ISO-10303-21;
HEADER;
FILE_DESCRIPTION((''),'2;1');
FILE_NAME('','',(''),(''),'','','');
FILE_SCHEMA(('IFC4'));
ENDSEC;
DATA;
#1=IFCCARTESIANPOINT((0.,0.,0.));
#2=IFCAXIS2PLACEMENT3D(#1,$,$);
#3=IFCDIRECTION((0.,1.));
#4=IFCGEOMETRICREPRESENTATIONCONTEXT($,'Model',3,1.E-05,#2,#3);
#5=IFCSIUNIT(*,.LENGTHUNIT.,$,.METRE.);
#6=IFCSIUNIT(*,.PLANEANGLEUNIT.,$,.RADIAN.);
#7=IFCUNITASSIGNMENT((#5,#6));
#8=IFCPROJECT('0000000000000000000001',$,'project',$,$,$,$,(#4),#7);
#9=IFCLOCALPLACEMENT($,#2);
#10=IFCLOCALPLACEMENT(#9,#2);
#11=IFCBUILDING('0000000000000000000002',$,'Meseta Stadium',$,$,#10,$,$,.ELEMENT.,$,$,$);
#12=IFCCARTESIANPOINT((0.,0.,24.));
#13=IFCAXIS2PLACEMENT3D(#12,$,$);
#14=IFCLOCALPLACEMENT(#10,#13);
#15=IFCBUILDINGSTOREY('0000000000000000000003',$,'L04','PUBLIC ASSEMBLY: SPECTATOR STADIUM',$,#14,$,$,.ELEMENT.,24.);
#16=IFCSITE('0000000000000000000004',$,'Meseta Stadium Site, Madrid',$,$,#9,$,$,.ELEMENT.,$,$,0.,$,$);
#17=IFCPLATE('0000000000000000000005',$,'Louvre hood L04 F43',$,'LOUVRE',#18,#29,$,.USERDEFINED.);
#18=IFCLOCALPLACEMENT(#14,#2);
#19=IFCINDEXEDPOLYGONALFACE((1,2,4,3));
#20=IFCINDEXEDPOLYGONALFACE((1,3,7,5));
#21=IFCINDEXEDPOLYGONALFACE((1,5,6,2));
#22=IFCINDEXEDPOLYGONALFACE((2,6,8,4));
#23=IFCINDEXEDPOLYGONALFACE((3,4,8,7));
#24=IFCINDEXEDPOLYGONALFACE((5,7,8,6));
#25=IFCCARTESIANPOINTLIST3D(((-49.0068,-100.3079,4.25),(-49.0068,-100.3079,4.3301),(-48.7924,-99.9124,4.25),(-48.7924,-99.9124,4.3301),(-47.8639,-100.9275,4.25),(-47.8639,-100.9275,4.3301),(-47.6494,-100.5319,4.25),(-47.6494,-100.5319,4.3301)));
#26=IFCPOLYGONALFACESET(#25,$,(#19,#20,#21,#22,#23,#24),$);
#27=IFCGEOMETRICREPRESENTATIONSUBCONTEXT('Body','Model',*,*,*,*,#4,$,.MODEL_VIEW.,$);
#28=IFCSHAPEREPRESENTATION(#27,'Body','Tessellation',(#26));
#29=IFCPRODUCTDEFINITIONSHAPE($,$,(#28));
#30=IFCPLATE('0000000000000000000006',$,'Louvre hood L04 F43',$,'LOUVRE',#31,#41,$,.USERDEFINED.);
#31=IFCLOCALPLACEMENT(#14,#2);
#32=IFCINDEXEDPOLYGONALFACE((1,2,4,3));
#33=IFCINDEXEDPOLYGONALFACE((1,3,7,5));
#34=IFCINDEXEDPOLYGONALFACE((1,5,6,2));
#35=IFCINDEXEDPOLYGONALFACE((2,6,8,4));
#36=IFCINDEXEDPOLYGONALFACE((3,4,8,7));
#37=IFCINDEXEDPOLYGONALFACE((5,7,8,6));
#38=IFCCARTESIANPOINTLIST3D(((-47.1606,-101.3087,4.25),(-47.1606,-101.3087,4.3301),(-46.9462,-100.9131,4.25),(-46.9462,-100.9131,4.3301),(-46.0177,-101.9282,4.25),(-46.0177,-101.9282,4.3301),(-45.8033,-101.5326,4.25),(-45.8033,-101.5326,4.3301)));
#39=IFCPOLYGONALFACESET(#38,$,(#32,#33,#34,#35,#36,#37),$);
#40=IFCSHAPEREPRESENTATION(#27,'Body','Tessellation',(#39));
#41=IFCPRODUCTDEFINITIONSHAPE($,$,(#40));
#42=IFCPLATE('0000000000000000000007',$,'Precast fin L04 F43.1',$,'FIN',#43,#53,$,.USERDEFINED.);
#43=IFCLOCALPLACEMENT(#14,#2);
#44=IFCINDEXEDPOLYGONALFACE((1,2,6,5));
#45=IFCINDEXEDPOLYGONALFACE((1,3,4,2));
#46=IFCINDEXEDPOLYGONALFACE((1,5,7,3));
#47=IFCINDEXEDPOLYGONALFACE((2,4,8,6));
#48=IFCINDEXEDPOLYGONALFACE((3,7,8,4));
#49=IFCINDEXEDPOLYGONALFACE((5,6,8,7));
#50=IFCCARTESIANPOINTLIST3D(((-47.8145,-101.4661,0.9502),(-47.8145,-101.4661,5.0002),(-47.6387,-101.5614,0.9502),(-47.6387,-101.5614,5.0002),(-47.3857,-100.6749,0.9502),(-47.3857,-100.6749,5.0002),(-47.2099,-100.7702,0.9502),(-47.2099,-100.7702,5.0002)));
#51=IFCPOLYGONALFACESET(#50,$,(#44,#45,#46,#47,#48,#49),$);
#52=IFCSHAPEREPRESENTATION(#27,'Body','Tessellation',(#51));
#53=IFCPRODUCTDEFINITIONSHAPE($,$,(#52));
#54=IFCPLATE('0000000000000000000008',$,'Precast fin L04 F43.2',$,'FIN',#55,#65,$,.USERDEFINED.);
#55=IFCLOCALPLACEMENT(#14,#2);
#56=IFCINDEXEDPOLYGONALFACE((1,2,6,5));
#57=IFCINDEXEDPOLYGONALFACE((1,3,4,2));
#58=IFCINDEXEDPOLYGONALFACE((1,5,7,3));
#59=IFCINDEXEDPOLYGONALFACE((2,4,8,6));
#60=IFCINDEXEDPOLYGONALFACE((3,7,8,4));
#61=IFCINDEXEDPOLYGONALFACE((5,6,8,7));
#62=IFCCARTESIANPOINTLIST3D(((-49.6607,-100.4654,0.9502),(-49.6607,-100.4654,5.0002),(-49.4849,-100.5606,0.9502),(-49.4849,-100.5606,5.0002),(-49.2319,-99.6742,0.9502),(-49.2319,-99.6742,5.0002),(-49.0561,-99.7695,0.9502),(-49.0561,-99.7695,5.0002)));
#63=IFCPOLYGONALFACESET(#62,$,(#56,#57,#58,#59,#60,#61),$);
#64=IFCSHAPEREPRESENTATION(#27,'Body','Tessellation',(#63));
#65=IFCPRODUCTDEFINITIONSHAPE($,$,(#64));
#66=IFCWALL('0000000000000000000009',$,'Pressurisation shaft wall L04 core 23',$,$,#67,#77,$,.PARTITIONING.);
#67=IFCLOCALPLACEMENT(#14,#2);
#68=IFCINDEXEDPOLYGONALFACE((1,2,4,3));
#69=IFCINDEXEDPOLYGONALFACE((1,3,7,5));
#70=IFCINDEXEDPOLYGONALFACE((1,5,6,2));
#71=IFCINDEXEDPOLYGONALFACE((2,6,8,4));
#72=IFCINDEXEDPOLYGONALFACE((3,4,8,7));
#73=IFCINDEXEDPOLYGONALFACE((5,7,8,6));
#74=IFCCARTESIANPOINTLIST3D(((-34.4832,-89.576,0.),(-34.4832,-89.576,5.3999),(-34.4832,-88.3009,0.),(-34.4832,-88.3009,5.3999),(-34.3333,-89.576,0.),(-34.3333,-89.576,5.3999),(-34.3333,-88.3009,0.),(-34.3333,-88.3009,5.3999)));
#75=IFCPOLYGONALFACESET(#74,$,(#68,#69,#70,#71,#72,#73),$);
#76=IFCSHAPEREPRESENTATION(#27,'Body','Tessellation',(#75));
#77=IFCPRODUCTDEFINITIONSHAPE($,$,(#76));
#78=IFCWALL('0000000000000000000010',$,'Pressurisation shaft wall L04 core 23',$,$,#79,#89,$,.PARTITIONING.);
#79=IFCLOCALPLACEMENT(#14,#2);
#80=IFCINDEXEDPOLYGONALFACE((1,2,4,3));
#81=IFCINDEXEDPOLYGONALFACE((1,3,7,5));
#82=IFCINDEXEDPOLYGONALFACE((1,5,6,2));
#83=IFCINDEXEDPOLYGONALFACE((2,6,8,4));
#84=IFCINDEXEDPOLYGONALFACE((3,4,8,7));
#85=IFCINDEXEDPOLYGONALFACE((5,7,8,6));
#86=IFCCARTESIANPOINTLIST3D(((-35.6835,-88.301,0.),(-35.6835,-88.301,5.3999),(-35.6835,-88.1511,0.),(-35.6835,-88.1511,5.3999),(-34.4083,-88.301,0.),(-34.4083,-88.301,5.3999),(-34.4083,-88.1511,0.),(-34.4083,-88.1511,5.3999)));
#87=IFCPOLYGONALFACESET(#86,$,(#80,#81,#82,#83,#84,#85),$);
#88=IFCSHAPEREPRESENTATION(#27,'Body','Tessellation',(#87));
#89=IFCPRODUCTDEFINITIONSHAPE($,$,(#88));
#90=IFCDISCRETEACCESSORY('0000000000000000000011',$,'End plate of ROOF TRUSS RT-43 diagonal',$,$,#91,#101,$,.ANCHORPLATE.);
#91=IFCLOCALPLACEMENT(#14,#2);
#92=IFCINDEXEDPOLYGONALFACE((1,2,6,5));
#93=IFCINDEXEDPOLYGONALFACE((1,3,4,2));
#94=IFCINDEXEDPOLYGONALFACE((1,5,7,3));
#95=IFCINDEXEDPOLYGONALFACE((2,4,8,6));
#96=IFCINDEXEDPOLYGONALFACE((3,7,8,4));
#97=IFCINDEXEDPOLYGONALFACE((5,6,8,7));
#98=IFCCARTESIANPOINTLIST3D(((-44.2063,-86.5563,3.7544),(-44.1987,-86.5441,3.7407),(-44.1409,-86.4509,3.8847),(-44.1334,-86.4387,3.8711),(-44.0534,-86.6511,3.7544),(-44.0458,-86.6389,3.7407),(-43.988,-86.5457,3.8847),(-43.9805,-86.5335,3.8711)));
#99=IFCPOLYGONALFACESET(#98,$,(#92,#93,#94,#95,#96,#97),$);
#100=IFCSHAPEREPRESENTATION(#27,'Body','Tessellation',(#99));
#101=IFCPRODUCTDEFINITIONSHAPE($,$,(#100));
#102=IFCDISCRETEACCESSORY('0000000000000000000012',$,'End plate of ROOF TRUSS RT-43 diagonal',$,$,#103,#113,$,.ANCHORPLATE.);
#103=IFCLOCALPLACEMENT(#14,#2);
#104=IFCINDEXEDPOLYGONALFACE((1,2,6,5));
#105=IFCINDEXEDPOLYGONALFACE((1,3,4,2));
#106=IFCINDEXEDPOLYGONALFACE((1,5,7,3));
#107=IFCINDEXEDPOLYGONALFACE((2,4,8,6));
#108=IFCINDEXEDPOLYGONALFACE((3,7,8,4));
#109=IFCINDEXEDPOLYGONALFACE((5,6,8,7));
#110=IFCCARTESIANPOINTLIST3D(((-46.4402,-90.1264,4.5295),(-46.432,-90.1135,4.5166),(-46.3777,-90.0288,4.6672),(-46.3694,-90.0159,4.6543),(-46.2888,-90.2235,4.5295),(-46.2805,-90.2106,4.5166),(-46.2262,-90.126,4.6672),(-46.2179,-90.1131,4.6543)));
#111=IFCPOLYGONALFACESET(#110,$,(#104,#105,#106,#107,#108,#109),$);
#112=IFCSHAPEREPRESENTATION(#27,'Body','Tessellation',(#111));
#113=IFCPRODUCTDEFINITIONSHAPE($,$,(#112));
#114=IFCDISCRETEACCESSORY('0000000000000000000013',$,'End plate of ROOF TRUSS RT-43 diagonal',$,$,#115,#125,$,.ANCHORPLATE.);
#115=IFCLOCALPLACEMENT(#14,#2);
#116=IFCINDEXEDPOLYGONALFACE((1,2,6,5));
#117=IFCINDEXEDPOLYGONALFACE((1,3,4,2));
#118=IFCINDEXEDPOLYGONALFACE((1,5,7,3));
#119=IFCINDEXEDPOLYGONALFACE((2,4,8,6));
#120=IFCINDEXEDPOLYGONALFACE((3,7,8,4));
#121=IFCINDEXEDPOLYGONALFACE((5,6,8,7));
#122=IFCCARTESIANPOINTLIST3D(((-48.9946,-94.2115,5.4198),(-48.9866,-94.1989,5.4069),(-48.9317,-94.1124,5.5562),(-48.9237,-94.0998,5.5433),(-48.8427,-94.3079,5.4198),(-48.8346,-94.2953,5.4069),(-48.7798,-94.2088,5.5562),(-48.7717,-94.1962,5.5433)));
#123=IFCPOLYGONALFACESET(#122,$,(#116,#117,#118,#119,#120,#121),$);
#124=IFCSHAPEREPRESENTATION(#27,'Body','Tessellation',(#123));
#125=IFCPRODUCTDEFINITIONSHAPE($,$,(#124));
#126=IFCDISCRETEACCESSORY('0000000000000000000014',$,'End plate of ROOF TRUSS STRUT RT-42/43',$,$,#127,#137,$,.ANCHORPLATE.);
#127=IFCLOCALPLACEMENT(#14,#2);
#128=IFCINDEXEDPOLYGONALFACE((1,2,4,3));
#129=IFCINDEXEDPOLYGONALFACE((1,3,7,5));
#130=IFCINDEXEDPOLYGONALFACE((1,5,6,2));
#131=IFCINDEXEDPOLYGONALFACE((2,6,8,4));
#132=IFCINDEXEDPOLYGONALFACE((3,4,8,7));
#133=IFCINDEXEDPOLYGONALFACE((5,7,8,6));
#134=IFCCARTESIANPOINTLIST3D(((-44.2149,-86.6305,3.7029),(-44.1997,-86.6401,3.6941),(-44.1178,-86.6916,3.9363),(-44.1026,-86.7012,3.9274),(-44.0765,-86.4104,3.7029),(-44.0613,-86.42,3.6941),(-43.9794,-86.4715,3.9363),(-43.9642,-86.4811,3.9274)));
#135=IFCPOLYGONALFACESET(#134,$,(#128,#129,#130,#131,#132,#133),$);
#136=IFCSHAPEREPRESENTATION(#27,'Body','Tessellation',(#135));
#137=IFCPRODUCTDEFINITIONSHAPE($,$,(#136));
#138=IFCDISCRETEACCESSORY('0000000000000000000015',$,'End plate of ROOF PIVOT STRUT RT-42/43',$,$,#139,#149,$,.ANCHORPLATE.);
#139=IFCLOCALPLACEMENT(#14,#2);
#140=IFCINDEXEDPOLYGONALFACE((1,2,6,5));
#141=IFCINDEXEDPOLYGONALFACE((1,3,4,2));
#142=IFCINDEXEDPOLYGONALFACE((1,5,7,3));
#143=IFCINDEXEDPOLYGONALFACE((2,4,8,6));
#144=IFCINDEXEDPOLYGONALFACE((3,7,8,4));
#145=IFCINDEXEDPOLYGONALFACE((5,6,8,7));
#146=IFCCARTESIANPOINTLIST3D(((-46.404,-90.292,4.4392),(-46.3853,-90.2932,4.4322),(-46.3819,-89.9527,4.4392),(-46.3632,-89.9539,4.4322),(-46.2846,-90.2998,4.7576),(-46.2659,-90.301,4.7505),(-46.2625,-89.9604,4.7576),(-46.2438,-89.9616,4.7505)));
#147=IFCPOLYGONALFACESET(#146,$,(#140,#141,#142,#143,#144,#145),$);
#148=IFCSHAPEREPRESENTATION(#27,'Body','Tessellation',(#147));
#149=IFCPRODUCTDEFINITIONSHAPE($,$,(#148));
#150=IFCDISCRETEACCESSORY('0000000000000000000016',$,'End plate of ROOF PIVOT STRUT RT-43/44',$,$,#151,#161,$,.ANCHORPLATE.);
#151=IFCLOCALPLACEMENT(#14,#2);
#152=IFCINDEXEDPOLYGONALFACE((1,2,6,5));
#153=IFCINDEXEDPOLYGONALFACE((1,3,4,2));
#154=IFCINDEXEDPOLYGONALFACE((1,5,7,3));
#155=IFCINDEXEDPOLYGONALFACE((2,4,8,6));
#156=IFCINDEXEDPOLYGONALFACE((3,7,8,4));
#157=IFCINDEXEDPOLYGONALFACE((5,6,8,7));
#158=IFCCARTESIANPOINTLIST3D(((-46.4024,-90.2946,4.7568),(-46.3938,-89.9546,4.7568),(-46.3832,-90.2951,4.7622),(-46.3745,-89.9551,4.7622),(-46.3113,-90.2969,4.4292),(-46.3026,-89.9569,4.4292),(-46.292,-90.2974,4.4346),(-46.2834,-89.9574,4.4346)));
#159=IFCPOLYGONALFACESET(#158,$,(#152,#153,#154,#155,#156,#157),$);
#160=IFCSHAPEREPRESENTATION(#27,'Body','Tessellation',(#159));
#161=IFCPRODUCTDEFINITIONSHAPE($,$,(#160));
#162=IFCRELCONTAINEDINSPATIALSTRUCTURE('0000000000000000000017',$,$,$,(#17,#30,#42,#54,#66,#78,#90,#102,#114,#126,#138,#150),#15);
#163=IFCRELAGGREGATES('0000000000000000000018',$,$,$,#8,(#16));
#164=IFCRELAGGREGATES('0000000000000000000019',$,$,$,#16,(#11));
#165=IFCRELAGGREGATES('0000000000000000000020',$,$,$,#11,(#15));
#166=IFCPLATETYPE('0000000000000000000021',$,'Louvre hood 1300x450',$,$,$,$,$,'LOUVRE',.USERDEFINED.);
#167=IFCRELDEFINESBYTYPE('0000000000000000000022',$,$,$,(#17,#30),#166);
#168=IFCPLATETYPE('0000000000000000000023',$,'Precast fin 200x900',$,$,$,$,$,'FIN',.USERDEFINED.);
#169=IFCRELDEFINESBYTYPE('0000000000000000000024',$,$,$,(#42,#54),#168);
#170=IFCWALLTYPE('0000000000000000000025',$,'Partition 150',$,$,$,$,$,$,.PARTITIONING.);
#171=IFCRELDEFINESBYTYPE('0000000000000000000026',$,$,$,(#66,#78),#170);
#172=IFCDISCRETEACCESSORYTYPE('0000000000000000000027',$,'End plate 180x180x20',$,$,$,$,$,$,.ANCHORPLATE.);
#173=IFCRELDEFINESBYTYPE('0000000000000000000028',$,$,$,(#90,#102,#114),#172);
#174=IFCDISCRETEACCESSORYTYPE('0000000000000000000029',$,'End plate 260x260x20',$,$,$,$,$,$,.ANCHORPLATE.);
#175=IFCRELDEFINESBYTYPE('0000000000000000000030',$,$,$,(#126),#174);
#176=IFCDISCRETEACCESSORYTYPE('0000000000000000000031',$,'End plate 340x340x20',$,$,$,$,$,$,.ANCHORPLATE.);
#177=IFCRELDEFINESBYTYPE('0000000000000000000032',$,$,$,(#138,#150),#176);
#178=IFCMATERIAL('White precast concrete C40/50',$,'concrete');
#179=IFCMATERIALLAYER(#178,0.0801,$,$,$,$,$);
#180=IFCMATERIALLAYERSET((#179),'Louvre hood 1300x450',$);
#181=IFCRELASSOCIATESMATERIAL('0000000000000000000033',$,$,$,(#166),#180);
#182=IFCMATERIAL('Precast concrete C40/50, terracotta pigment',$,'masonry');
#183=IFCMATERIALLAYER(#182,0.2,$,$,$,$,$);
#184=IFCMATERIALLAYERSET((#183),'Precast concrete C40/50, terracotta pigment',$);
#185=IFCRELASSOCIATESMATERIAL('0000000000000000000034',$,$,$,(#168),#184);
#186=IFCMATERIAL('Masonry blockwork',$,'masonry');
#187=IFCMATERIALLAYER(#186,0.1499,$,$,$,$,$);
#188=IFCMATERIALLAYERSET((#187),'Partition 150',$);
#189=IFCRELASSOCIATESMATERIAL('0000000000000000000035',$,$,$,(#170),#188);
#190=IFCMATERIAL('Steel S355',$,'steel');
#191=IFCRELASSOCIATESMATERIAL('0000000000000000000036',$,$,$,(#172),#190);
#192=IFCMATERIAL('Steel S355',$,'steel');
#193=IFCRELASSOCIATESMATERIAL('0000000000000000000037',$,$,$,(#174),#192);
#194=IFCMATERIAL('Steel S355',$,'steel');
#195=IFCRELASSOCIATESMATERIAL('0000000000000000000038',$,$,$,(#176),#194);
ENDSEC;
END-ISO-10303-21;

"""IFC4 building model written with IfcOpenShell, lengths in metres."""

from ifc_helpers import new_model, si_unit, direction, frame, frame_2d, origin, origin_2d, place, context, subcontext, project, spatial, rectangle, extrude, material, layer, layer_set, material_profile, profile_set, type_object, element, save


model = new_model("IFC4")

# Units and contexts
model_context = context("Model", 3, precision=1e-05, world=origin(), true_north=direction((0.0, 1.0)))
body_context = subcontext(model_context, "Body", "Model", "MODEL_VIEW")
ifc_project = project(units=[si_unit("LENGTHUNIT", "METRE"), si_unit("PLANEANGLEUNIT", "RADIAN")], contexts=[model_context])

# Site, building, storey
site_placement = place(None, origin())
site = spatial("IfcSite", under=ifc_project, at=site_placement, Name="Meseta Stadium Site, Madrid", CompositionType="ELEMENT", RefElevation=0.0)
building_placement = place(site_placement, origin())
building = spatial("IfcBuilding", under=site, at=building_placement, Name="Meseta Stadium", CompositionType="ELEMENT")
storey_placement = place(building_placement, frame((0.0, 0.0, 24.0)))
storey = spatial("IfcBuildingStorey", under=building, at=storey_placement, Name="L04", Description="PUBLIC ASSEMBLY: SPECTATOR STADIUM", CompositionType="ELEMENT", Elevation=24.0)

# Plates
ifc_material_1 = material(Name="White precast concrete C40/50", Category="concrete")
ifc_layer_1 = layer(ifc_material_1, 0.0801)
ifc_layer_set_1 = layer_set([ifc_layer_1], Name="Louvre hood 1300x450")
plate_type_1 = type_object("IfcPlateType", Name="Louvre hood 1300x450", ElementType="LOUVRE", PredefinedType="USERDEFINED", material=ifc_layer_set_1)
for number, where, z_axis, x_axis, name in (
    (1, (-48.3281, -100.4199, 4.25), (0.0, 0.0, 1.0), (0.879142, -0.47656, 0.0), "Louvre hood L04 F43"),
    (2, (-46.4819, -101.4207, 4.25), (0.0, 0.0, 1.0), (0.879142, -0.47656, 0.0), "Louvre hood L04 F43"),
):
    element("IfcPlate", number, at=place(storey_placement, frame(where, z_axis=z_axis, x_axis=x_axis)), inside=storey, type_object=plate_type_1, Name=name, ObjectType="LOUVRE", PredefinedType="USERDEFINED", context=body_context, shape_type="SweptSolid", body=[
        extrude(rectangle(XDim=1.3, YDim=0.45, at=origin_2d()), origin(), (0.0, 0.0, 1.0), 0.0801),
    ])
ifc_material_2 = material(Name="Precast concrete C40/50, terracotta pigment", Category="masonry")
ifc_layer_2 = layer(ifc_material_2, 0.2)
ifc_layer_set_2 = layer_set([ifc_layer_2], Name="Precast concrete C40/50, terracotta pigment")
plate_type_2 = type_object("IfcPlateType", Name="Precast fin 200x900", ElementType="FIN", PredefinedType="USERDEFINED", material=ifc_layer_set_2)
for number, where, z_axis, x_axis, name in (
    (3, (-47.5122, -101.1182, 0.9502), (0.0, 0.0, 1.0), (-0.879142, 0.47656, 0.0), "Precast fin L04 F43.1"),
    (4, (-49.3584, -100.1174, 0.9502), (0.0, 0.0, 1.0), (-0.879142, 0.47656, 0.0), "Precast fin L04 F43.2"),
):
    element("IfcPlate", number, at=place(storey_placement, frame(where, z_axis=z_axis, x_axis=x_axis)), inside=storey, type_object=plate_type_2, Name=name, ObjectType="FIN", PredefinedType="USERDEFINED", context=body_context, shape_type="SweptSolid", body=[
        extrude(rectangle(XDim=0.2, YDim=0.8999, at=origin_2d()), origin(), (0.0, 0.0, 1.0), 4.05),
    ])

# Walls
ifc_material_3 = material(Name="Masonry blockwork", Category="masonry")
ifc_layer_3 = layer(ifc_material_3, 0.1499)
ifc_layer_set_3 = layer_set([ifc_layer_3], Name="Partition 150")
wall_type = type_object("IfcWallType", Name="Partition 150", PredefinedType="PARTITIONING", material=ifc_layer_set_3)
for number, where, z_axis, x_axis, name in (
    (5, (-34.4082, -89.5762, 0.0), (0.0, 0.0, 1.0), (0.0, 1.0, 0.0), "Pressurisation shaft wall L04 core 23"),
    (6, (-34.4082, -88.2261, 0.0), (0.0, 0.0, 1.0), (-1.0, 0.0, 0.0), "Pressurisation shaft wall L04 core 23"),
):
    element("IfcWall", number, at=place(storey_placement, frame(where, z_axis=z_axis, x_axis=x_axis)), inside=storey, type_object=wall_type, Name=name, PredefinedType="PARTITIONING", context=body_context, shape_type="SweptSolid", body=[
        extrude(rectangle(XDim=1.2751, YDim=0.1499, at=frame_2d((0.6377, 0.0))), origin(), (0.0, 0.0, 1.0), 5.3999),
    ])

# Discrete accessories
ifc_material_4 = material(Name="Steel S355", Category="steel")
ifc_material_profile_1 = material_profile(ifc_material_4, rectangle(XDim=0.1799, YDim=0.1799, at=origin_2d()), Name="PL 180x180")
ifc_profile_set_1 = profile_set([ifc_material_profile_1], Name="Steel S355")
discrete_accessory_type_1 = type_object("IfcDiscreteAccessoryType", Name="End plate 180x180x20", PredefinedType="ANCHORPLATE", material=ifc_profile_set_1)
discrete_accessory_1_placement = place(storey_placement, frame((-44.0896, -86.5388, 3.8059), z_axis=(-0.38167, -0.615597, 0.689469), x_axis=(0.849903, -0.52694, 0.0)))
element("IfcDiscreteAccessory", 7, at=discrete_accessory_1_placement, inside=storey, type_object=discrete_accessory_type_1, Name="End plate of ROOF TRUSS RT-43 diagonal", PredefinedType="ANCHORPLATE", context=body_context, shape_type="SweptSolid", body=[
    extrude(rectangle(XDim=0.1799, YDim=0.1799, at=origin_2d()), origin(), (0.0, 0.0, 1.0), 0.0198),
])
discrete_accessory_2_placement = place(storey_placement, frame((-46.325, -90.1133, 4.5854), z_axis=(-0.413101, -0.643952, 0.643952), x_axis=(0.841694, -0.539955, 0.0)))
element("IfcDiscreteAccessory", 8, at=discrete_accessory_2_placement, inside=storey, type_object=discrete_accessory_type_1, Name="End plate of ROOF TRUSS RT-43 diagonal", PredefinedType="ANCHORPLATE", context=body_context, shape_type="SweptSolid", body=[
    extrude(rectangle(XDim=0.1799, YDim=0.1799, at=origin_2d()), origin(), (0.0, 0.0, 1.0), 0.02),
])
discrete_accessory_3_placement = place(storey_placement, frame((-48.8792, -94.1975, 5.4751), z_axis=(-0.40614, -0.639979, 0.652286), x_axis=(0.844329, -0.535824, 0.0)))
element("IfcDiscreteAccessory", 9, at=discrete_accessory_3_placement, inside=storey, type_object=discrete_accessory_type_1, Name="End plate of ROOF TRUSS RT-43 diagonal", PredefinedType="ANCHORPLATE", context=body_context, shape_type="SweptSolid", body=[
    extrude(rectangle(XDim=0.1799, YDim=0.1799, at=origin_2d()), origin(), (0.0, 0.0, 1.0), 0.0198),
])
ifc_material_5 = material(Name="Steel S355", Category="steel")
ifc_material_profile_2 = material_profile(ifc_material_5, rectangle(XDim=0.26, YDim=0.26, at=origin_2d()), Name="PL 260x260")
ifc_profile_set_2 = profile_set([ifc_material_profile_2], Name="Steel S355")
discrete_accessory_type_2 = type_object("IfcDiscreteAccessoryType", Name="End plate 260x260x20", PredefinedType="ANCHORPLATE", material=ifc_profile_set_2)
discrete_accessory_4_placement = place(storey_placement, frame((-44.0972, -86.551, 3.8196), z_axis=(0.759665, -0.477854, -0.441096), x_axis=(0.532451, 0.846461, 0.0)))
element("IfcDiscreteAccessory", 10, at=discrete_accessory_4_placement, inside=storey, type_object=discrete_accessory_type_2, Name="End plate of ROOF TRUSS STRUT RT-42/43", PredefinedType="ANCHORPLATE", context=body_context, shape_type="SweptSolid", body=[
    extrude(rectangle(XDim=0.26, YDim=0.26, at=origin_2d()), origin(), (0.0, 0.0, 1.0), 0.02),
])
ifc_material_6 = material(Name="Steel S355", Category="steel")
ifc_material_profile_3 = material_profile(ifc_material_6, rectangle(XDim=0.3401, YDim=0.3401, at=origin_2d()), Name="PL 340x340")
ifc_profile_set_3 = profile_set([ifc_material_profile_3], Name="Steel S355")
discrete_accessory_type_3 = type_object("IfcDiscreteAccessoryType", Name="End plate 340x340x20", PredefinedType="ANCHORPLATE", material=ifc_profile_set_3)
for number, where, z_axis, x_axis, name in (
    (11, (-46.3333, -90.1262, 4.5984), (0.934106, -0.060656, -0.351806), (0.064799, 0.997898, 0.0), "End plate of ROOF PIVOT STRUT RT-42/43"),
    (12, (-46.3525, -90.1257, 4.593), (0.963057, -0.024381, 0.268193), (0.025308, 0.99968, 0.0), "End plate of ROOF PIVOT STRUT RT-43/44"),
):
    element("IfcDiscreteAccessory", number, at=place(storey_placement, frame(where, z_axis=z_axis, x_axis=x_axis)), inside=storey, type_object=discrete_accessory_type_3, Name=name, PredefinedType="ANCHORPLATE", context=body_context, shape_type="SweptSolid", body=[
        extrude(rectangle(XDim=0.3401, YDim=0.3401, at=origin_2d()), origin(), (0.0, 0.0, 1.0), 0.02),
    ])

save(model, "model.ifc")
